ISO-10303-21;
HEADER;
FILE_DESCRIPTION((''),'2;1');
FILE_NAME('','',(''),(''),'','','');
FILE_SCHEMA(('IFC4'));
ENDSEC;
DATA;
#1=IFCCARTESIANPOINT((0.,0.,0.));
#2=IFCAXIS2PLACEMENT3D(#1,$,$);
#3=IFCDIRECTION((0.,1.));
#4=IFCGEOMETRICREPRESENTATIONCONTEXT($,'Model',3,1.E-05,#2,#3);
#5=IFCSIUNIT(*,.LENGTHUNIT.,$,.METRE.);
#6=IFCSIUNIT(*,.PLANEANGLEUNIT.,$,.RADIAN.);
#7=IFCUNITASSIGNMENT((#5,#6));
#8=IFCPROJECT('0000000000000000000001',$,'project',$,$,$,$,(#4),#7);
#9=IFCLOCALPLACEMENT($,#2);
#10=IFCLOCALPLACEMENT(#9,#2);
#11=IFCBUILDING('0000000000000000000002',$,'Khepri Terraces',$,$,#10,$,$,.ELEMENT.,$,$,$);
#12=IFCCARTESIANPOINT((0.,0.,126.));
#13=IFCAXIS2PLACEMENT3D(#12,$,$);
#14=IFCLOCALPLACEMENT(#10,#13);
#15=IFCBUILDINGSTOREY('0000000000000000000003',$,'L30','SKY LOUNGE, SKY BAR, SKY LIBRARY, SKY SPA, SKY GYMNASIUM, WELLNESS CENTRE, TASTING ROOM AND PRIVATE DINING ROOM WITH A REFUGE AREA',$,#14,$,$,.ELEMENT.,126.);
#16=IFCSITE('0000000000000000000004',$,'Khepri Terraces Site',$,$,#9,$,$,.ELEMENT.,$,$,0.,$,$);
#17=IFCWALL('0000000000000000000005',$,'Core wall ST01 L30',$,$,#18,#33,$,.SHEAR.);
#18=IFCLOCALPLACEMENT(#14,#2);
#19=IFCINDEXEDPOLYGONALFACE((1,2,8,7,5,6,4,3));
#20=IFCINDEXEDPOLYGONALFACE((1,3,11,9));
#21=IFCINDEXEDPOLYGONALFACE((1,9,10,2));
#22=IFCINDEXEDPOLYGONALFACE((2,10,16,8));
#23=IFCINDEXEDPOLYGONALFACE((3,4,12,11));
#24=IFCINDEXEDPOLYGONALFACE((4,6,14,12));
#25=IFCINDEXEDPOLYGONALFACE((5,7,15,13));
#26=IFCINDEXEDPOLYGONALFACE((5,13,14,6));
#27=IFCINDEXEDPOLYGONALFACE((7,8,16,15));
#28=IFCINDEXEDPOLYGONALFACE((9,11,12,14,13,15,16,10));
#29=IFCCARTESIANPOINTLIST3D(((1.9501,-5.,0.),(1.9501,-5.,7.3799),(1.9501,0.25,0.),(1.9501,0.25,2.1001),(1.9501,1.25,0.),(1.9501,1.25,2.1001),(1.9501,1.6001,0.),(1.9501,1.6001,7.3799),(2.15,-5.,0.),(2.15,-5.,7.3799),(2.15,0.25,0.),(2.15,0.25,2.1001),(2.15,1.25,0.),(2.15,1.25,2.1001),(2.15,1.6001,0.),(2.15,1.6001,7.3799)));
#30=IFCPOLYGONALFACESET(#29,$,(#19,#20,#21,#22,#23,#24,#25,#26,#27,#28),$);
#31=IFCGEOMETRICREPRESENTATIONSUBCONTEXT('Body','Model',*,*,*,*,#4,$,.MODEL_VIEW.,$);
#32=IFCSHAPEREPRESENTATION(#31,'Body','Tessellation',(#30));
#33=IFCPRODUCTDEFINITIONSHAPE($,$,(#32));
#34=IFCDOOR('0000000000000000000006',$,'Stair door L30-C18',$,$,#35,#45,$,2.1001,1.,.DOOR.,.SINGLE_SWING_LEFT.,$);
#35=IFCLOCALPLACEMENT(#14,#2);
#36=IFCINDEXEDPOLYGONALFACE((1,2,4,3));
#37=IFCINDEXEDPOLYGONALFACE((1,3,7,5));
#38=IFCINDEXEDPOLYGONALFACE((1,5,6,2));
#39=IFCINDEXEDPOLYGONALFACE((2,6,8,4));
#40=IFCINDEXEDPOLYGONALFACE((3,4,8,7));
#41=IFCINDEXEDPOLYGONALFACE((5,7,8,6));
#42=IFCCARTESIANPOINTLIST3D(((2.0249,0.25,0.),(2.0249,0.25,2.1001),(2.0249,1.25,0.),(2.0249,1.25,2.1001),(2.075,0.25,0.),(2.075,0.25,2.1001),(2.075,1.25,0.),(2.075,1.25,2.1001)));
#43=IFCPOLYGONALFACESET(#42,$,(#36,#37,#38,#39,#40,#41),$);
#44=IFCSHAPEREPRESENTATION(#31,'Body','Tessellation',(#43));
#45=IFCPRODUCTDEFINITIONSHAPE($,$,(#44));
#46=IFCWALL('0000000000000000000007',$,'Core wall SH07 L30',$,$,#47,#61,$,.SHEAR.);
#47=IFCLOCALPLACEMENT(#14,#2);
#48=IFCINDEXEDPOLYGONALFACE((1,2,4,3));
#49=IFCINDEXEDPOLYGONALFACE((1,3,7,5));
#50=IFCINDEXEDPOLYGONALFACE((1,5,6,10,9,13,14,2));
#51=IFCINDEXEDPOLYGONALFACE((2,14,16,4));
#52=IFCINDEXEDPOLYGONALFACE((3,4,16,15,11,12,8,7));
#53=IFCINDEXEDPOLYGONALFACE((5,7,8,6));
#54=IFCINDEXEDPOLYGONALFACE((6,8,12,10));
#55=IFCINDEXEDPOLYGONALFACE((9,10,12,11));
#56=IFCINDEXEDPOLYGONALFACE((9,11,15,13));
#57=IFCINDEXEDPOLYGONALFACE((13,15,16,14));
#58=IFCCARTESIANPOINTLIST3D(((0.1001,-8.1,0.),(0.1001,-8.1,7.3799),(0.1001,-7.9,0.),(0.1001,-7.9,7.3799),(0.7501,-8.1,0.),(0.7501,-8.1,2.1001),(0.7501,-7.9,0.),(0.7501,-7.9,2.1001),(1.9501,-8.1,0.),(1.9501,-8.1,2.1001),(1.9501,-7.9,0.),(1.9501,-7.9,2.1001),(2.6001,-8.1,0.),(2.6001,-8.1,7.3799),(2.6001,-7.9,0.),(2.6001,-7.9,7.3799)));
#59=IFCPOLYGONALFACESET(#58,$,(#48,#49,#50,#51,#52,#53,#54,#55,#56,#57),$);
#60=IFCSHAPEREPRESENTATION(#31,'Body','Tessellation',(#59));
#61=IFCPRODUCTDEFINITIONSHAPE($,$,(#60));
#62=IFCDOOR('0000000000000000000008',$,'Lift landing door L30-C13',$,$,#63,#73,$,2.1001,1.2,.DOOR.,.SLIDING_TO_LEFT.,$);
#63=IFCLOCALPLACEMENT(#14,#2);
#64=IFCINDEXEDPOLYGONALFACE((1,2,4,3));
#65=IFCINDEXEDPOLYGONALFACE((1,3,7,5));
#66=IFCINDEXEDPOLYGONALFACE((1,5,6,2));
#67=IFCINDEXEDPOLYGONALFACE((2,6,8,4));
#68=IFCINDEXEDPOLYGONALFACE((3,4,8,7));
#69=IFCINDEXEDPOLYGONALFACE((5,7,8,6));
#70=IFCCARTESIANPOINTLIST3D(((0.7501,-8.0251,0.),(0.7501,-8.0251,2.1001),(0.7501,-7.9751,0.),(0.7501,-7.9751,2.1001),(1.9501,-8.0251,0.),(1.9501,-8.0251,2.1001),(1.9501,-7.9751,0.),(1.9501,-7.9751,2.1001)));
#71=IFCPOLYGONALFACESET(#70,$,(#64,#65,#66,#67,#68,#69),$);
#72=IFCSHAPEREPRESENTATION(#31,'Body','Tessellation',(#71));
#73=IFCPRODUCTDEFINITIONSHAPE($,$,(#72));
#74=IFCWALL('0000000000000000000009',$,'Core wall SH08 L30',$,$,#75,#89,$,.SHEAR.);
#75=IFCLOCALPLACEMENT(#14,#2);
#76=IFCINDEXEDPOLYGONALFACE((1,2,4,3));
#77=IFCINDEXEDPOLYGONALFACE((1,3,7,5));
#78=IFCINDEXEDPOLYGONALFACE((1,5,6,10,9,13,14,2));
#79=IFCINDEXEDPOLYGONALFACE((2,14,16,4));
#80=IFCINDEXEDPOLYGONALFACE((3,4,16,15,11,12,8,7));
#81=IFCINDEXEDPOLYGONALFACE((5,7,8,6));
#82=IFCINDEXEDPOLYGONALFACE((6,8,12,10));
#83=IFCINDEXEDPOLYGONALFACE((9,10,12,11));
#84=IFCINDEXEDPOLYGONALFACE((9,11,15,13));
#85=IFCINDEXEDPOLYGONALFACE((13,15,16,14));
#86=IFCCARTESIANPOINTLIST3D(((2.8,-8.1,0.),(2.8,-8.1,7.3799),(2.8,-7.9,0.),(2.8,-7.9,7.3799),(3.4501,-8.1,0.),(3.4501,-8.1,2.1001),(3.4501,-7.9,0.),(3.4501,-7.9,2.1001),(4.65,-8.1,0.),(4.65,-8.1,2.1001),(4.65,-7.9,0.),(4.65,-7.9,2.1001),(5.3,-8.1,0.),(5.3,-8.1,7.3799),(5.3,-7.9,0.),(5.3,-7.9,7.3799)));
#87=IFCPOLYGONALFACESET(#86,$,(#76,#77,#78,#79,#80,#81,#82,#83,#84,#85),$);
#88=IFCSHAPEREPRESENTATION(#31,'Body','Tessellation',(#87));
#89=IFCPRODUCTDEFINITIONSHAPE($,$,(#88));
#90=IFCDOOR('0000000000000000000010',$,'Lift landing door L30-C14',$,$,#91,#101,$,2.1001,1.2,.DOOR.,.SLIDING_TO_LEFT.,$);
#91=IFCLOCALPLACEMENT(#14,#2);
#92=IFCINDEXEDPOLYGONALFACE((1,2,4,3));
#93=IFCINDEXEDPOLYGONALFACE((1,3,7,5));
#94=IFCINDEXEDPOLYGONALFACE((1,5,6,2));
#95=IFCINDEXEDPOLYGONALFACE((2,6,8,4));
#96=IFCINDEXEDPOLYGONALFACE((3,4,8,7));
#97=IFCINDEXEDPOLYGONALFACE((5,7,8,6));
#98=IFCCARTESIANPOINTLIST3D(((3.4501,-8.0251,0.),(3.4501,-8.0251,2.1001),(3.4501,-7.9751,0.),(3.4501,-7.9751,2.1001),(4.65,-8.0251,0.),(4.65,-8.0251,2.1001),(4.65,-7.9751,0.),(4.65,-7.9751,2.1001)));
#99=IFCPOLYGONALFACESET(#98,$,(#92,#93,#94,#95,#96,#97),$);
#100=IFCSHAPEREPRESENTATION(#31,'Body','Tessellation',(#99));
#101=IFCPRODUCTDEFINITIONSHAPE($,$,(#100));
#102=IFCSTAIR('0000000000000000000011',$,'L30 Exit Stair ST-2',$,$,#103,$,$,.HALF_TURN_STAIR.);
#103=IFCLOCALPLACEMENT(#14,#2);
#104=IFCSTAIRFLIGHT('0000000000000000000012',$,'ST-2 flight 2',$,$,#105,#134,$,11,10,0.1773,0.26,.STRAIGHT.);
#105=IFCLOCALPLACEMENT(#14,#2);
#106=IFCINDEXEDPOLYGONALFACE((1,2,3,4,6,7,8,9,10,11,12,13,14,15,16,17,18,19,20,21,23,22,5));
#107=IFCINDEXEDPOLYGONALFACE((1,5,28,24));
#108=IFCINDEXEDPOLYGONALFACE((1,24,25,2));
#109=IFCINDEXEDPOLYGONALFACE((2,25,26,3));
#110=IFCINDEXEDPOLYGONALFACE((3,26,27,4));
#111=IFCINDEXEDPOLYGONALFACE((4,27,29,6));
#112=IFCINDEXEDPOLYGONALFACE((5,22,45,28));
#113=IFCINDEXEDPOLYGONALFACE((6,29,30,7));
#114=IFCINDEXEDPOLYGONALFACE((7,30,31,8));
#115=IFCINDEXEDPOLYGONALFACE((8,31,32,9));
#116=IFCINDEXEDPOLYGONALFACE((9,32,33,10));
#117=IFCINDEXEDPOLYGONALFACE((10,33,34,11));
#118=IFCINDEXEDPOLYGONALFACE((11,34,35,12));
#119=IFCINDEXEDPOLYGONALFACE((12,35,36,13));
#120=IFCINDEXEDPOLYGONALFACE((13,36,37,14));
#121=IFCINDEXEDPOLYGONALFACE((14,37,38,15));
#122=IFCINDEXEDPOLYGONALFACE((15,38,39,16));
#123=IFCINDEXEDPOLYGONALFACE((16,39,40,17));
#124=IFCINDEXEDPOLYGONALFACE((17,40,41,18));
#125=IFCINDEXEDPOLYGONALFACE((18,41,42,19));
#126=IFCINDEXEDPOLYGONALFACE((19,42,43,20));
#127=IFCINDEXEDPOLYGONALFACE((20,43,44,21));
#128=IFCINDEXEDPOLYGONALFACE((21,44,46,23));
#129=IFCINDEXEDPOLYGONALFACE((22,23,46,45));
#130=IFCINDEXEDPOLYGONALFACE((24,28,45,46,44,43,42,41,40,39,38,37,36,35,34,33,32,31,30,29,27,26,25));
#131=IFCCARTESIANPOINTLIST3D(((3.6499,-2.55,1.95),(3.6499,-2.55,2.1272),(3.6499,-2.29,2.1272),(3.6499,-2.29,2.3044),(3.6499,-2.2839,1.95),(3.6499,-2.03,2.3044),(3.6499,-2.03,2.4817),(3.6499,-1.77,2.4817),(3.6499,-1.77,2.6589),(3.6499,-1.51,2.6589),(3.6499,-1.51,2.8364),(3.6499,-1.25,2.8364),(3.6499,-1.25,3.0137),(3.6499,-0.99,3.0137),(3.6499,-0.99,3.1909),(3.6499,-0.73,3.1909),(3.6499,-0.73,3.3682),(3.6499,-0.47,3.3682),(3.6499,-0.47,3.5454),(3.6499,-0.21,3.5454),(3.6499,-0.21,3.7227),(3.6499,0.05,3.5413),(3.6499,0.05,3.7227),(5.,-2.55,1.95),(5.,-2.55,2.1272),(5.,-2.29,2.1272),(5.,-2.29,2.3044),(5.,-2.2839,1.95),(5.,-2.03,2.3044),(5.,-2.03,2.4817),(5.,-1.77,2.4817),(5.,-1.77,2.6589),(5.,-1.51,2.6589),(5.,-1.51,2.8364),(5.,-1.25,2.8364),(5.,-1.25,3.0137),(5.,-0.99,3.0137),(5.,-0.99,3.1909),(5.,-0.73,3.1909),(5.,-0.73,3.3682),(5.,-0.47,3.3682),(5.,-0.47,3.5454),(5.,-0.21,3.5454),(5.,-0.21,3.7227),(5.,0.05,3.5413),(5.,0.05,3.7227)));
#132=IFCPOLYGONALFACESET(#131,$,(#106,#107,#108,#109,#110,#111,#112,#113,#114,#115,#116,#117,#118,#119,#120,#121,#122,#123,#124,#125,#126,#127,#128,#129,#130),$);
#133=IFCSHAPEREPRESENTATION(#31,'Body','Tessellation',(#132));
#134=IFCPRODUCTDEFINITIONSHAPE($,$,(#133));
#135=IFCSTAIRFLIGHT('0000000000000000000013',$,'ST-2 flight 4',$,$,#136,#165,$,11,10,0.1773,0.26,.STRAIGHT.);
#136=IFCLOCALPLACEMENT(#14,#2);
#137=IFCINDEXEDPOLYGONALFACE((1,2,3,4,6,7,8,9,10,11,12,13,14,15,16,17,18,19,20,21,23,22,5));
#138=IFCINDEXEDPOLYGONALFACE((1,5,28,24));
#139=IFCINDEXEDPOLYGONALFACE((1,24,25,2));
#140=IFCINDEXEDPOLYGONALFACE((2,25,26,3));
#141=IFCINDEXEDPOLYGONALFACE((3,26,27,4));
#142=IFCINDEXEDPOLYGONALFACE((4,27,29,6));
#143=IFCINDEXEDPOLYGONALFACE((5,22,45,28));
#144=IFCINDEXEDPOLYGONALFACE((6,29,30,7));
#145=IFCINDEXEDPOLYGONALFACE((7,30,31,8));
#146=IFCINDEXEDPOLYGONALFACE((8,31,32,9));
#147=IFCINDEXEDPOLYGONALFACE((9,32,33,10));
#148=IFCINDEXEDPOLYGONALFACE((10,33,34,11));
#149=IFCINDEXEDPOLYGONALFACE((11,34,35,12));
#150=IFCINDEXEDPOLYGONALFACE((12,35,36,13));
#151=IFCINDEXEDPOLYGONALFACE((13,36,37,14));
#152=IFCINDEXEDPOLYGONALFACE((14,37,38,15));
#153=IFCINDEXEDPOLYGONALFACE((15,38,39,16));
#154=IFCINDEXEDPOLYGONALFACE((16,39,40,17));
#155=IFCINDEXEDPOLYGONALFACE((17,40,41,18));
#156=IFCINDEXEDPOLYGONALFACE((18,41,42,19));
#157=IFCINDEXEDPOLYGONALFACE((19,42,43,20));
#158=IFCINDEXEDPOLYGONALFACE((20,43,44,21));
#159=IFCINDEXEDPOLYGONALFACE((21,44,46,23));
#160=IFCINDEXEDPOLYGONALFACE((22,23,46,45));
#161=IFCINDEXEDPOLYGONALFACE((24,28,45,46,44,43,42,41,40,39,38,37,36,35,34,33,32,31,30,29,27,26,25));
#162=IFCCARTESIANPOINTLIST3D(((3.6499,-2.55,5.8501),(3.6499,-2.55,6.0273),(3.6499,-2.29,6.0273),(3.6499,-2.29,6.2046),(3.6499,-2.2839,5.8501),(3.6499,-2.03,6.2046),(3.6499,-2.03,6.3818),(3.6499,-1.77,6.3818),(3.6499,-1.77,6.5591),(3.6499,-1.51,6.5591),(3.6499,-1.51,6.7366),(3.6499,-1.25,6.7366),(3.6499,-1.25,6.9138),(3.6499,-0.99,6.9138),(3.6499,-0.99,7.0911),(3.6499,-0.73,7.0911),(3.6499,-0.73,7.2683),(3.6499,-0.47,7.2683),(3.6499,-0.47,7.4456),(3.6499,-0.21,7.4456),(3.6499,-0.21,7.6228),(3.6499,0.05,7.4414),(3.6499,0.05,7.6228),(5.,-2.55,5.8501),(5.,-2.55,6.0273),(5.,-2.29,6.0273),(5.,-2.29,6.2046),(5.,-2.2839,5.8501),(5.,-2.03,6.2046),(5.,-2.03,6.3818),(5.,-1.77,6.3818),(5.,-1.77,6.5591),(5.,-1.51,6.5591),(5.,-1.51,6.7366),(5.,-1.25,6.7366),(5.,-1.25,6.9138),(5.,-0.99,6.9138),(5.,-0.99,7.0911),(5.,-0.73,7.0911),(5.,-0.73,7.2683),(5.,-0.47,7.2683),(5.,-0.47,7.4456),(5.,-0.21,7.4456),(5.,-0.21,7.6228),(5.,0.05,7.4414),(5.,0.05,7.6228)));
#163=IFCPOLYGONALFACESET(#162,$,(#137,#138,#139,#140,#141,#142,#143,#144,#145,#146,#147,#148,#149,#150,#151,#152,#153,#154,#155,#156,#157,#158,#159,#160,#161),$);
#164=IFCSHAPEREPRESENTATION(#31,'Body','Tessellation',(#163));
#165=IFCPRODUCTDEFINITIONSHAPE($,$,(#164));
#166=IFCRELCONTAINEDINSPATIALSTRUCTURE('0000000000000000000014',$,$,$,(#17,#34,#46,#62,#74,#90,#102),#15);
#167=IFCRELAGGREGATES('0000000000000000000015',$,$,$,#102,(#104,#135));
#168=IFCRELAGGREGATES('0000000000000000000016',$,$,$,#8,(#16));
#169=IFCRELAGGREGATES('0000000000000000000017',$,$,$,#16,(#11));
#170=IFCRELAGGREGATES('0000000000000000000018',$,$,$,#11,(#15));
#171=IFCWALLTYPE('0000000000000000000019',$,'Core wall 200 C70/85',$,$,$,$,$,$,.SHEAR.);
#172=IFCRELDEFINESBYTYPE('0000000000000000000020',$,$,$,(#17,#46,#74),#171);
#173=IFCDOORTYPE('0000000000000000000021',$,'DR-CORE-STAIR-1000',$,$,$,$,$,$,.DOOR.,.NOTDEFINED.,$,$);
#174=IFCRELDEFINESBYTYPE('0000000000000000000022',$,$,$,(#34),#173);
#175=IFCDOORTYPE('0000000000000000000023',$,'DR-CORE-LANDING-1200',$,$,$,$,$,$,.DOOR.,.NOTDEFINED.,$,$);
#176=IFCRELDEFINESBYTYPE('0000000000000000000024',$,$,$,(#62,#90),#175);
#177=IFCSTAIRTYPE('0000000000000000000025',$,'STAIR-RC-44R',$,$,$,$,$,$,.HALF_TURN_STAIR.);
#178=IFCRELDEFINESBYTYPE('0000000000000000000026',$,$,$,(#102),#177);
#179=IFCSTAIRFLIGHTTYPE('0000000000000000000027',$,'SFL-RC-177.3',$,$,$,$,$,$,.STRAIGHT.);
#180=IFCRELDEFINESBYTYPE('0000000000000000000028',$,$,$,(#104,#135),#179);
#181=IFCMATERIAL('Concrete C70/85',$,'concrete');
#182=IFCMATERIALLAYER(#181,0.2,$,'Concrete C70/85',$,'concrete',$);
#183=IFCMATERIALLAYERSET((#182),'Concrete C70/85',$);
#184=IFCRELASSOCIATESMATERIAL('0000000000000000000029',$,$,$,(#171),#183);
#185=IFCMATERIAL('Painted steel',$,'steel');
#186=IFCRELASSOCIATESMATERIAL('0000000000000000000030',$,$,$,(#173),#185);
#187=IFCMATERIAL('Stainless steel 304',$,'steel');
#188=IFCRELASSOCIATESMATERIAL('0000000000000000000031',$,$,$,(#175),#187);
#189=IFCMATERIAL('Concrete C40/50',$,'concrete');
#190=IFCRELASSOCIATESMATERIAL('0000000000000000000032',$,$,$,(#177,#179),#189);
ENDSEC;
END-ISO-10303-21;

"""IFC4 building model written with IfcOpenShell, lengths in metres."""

from ifc_helpers import new_model, si_unit, direction, frame, frame_2d, origin, place, context, subcontext, project, spatial, polyline, rectangle, outline, extrude, material, layer, layer_set, type_object, element, fill, aggregate, save


model = new_model("IFC4")

# Units and contexts
model_context = context("Model", 3, precision=1e-05, world=origin(), true_north=direction((0.0, 1.0)))
body_context = subcontext(model_context, "Body", "Model", "MODEL_VIEW")
ifc_project = project(units=[si_unit("LENGTHUNIT", "METRE"), si_unit("PLANEANGLEUNIT", "RADIAN")], contexts=[model_context])

# Site, building, storey
site_placement = place(None, origin())
site = spatial("IfcSite", under=ifc_project, at=site_placement, Name="Khepri Terraces Site", CompositionType="ELEMENT", RefElevation=0.0)
building_placement = place(site_placement, origin())
building = spatial("IfcBuilding", under=site, at=building_placement, Name="Khepri Terraces", CompositionType="ELEMENT")
storey_placement = place(building_placement, frame((0.0, 0.0, 126.0)))
storey = spatial("IfcBuildingStorey", under=building, at=storey_placement, Name="L30", Description="SKY LOUNGE, SKY BAR, SKY LIBRARY, SKY SPA, SKY GYMNASIUM, WELLNESS CENTRE, TASTING ROOM AND PRIVATE DINING ROOM WITH A REFUGE AREA", CompositionType="ELEMENT", Elevation=126.0)

# Walls, openings, doors
ifc_material_1 = material(Name="Concrete C70/85", Category="concrete")
ifc_layer = layer(ifc_material_1, 0.2, Name="Concrete C70/85", Category="concrete")
ifc_layer_set = layer_set([ifc_layer], Name="Concrete C70/85")
wall_type = type_object("IfcWallType", Name="Core wall 200 C70/85", PredefinedType="SHEAR", material=ifc_layer_set)
wall_1_placement = place(storey_placement, frame((2.05, -5.0, 0.0), z_axis=(0.0, 0.0, 1.0), x_axis=(0.0, 1.0, 0.0)))
wall_1 = element("IfcWall", 1, at=wall_1_placement, inside=storey, type_object=wall_type, Name="Core wall ST01 L30", PredefinedType="SHEAR", context=body_context, shape_type="SweptSolid", body=[
    extrude(rectangle(XDim=6.6001, YDim=0.2, at=frame_2d((3.3, 0.0))), origin(), (0.0, 0.0, 1.0), 7.3799),
])
opening_1_placement = place(wall_1_placement, frame((5.25, 0.0, 0.0)))
opening_1 = element("IfcOpeningElement", 2, at=opening_1_placement, cuts=wall_1, PredefinedType="OPENING", context=body_context, shape_type="SweptSolid", body=[
    extrude(rectangle(XDim=1.0, YDim=2.1001, at=frame_2d((0.5, 1.05))), frame((0.0, 0.1099, 0.0), z_axis=(0.0, -1.0, 0.0), x_axis=(1.0, 0.0, 0.0)), (0.0, 0.0, 1.0), 0.22),
])
ifc_material_2 = material(Name="Painted steel", Category="steel")
door_type_1 = type_object("IfcDoorType", Name="DR-CORE-STAIR-1000", OperationType="NOTDEFINED", PredefinedType="DOOR", material=ifc_material_2)
door_1_placement = place(opening_1_placement, frame((1.0, 0.0, 0.0), z_axis=(0.0, 0.0, 1.0), x_axis=(-1.0, 0.0, 0.0)))
door_1 = element("IfcDoor", 3, at=door_1_placement, inside=storey, type_object=door_type_1, Name="Stair door L30-C18", OperationType="SINGLE_SWING_LEFT", OverallHeight=2.1001, OverallWidth=1.0, PredefinedType="DOOR", context=body_context, shape_type="SweptSolid", body=[
    extrude(rectangle(XDim=1.0, YDim=2.1001, at=frame_2d((0.5, 1.05))), frame((0.0, 0.0249, 0.0), z_axis=(0.0, -1.0, 0.0), x_axis=(1.0, 0.0, 0.0)), (0.0, 0.0, 1.0), 0.05),
])
fill(opening_1, door_1)
wall_2_placement = place(storey_placement, frame((0.1001, -8.0, 0.0), z_axis=(0.0, 0.0, 1.0), x_axis=(1.0, 0.0, 0.0)))
wall_2 = element("IfcWall", 4, at=wall_2_placement, inside=storey, type_object=wall_type, Name="Core wall SH07 L30", PredefinedType="SHEAR", context=body_context, shape_type="SweptSolid", body=[
    extrude(rectangle(XDim=2.5, YDim=0.2, at=frame_2d((1.25, 0.0))), origin(), (0.0, 0.0, 1.0), 7.3799),
])
opening_2_placement = place(wall_2_placement, frame((0.6499, 0.0, 0.0)))
opening_2 = element("IfcOpeningElement", 5, at=opening_2_placement, cuts=wall_2, PredefinedType="OPENING", context=body_context, shape_type="SweptSolid", body=[
    extrude(rectangle(XDim=1.2, YDim=2.1001, at=frame_2d((0.6001, 1.05))), frame((0.0, 0.1099, 0.0), z_axis=(0.0, -1.0, 0.0), x_axis=(1.0, 0.0, 0.0)), (0.0, 0.0, 1.0), 0.22),
])
ifc_material_3 = material(Name="Stainless steel 304", Category="steel")
door_type_2 = type_object("IfcDoorType", Name="DR-CORE-LANDING-1200", OperationType="NOTDEFINED", PredefinedType="DOOR", material=ifc_material_3)
door_2_placement = place(opening_2_placement, origin())
door_2 = element("IfcDoor", 6, at=door_2_placement, inside=storey, type_object=door_type_2, Name="Lift landing door L30-C13", OperationType="SLIDING_TO_LEFT", OverallHeight=2.1001, OverallWidth=1.2, PredefinedType="DOOR", context=body_context, shape_type="SweptSolid", body=[
    extrude(rectangle(XDim=1.2, YDim=2.1001, at=frame_2d((0.6001, 1.05))), frame((0.0, 0.0249, 0.0), z_axis=(0.0, -1.0, 0.0), x_axis=(1.0, 0.0, 0.0)), (0.0, 0.0, 1.0), 0.05),
])
fill(opening_2, door_2)
wall_3_placement = place(storey_placement, frame((2.8, -8.0, 0.0), z_axis=(0.0, 0.0, 1.0), x_axis=(1.0, 0.0, 0.0)))
wall_3 = element("IfcWall", 7, at=wall_3_placement, inside=storey, type_object=wall_type, Name="Core wall SH08 L30", PredefinedType="SHEAR", context=body_context, shape_type="SweptSolid", body=[
    extrude(rectangle(XDim=2.5, YDim=0.2, at=frame_2d((1.25, 0.0))), origin(), (0.0, 0.0, 1.0), 7.3799),
])
opening_3_placement = place(wall_3_placement, frame((0.6499, 0.0, 0.0)))
opening_3 = element("IfcOpeningElement", 8, at=opening_3_placement, cuts=wall_3, PredefinedType="OPENING", context=body_context, shape_type="SweptSolid", body=[
    extrude(rectangle(XDim=1.2, YDim=2.1001, at=frame_2d((0.6001, 1.05))), frame((0.0, 0.1099, 0.0), z_axis=(0.0, -1.0, 0.0), x_axis=(1.0, 0.0, 0.0)), (0.0, 0.0, 1.0), 0.22),
])
door_3_placement = place(opening_3_placement, origin())
door_3 = element("IfcDoor", 9, at=door_3_placement, inside=storey, type_object=door_type_2, Name="Lift landing door L30-C14", OperationType="SLIDING_TO_LEFT", OverallHeight=2.1001, OverallWidth=1.2, PredefinedType="DOOR", context=body_context, shape_type="SweptSolid", body=[
    extrude(rectangle(XDim=1.2, YDim=2.1001, at=frame_2d((0.6001, 1.05))), frame((0.0, 0.0249, 0.0), z_axis=(0.0, -1.0, 0.0), x_axis=(1.0, 0.0, 0.0)), (0.0, 0.0, 1.0), 0.05),
])
fill(opening_3, door_3)

# Stair, stair flights
ifc_material_4 = material(Name="Concrete C40/50", Category="concrete")
stair_type = type_object("IfcStairType", Name="STAIR-RC-44R", PredefinedType="HALF_TURN_STAIR", material=ifc_material_4)
stair_placement = place(storey_placement, origin())
stair = element("IfcStair", 10, at=stair_placement, inside=storey, type_object=stair_type, Name="L30 Exit Stair ST-2", PredefinedType="HALF_TURN_STAIR")
stair_flight_type = type_object("IfcStairFlightType", Name="SFL-RC-177.3", PredefinedType="STRAIGHT", material=ifc_material_4)
stair_flight_1_placement = place(storey_placement, frame((4.325, -2.55, 1.95), z_axis=(0.0, 0.0, 1.0), x_axis=(0.0, 1.0, 0.0)))
stair_flight_1 = element("IfcStairFlight", 11, at=stair_flight_1_placement, type_object=stair_flight_type, Name="ST-2 flight 2", NumberOfRisers=11, NumberOfTreads=10, PredefinedType="STRAIGHT", RiserHeight=0.1773, TreadLength=0.26, context=body_context, shape_type="SweptSolid", body=[
    extrude(outline(polyline([(0.0, 0.0), (0.0, 0.1772), (0.26, 0.1772), (0.26, 0.3545), (0.52, 0.3545), (0.52, 0.5317), (0.78, 0.5317), (0.78, 0.709), (1.04, 0.709), (1.04, 0.8865), (1.3, 0.8865), (1.3, 1.0637), (1.5601, 1.0637), (1.5601, 1.241), (1.8201, 1.241), (1.8201, 1.4182), (2.0801, 1.4182), (2.0801, 1.5955), (2.3401, 1.5955), (2.3401, 1.7727), (2.6001, 1.7727), (2.6001, 1.95), (2.6001, 1.5913), (0.2661, 0.0), (0.0, 0.0)])), frame((0.0, 0.675, 0.0), z_axis=(0.0, -1.0, 0.0), x_axis=(1.0, 0.0, 0.0)), (0.0, 0.0, 1.0), 1.3501),
])
stair_flight_2_placement = place(storey_placement, frame((4.325, -2.55, 5.8501), z_axis=(0.0, 0.0, 1.0), x_axis=(0.0, 1.0, 0.0)))
stair_flight_2 = element("IfcStairFlight", 12, at=stair_flight_2_placement, type_object=stair_flight_type, Name="ST-2 flight 4", NumberOfRisers=11, NumberOfTreads=10, PredefinedType="STRAIGHT", RiserHeight=0.1773, TreadLength=0.26, context=body_context, shape_type="SweptSolid", body=[
    extrude(outline(polyline([(0.0, 0.0), (0.0, 0.1772), (0.26, 0.1772), (0.26, 0.3545), (0.52, 0.3545), (0.52, 0.5317), (0.78, 0.5317), (0.78, 0.709), (1.04, 0.709), (1.04, 0.8865), (1.3, 0.8865), (1.3, 1.0637), (1.5601, 1.0637), (1.5601, 1.241), (1.8201, 1.241), (1.8201, 1.4182), (2.0801, 1.4182), (2.0801, 1.5955), (2.3401, 1.5955), (2.3401, 1.7727), (2.6001, 1.7727), (2.6001, 1.95), (2.6001, 1.5913), (0.2661, 0.0), (0.0, 0.0)])), frame((0.0, 0.675, 0.0), z_axis=(0.0, -1.0, 0.0), x_axis=(1.0, 0.0, 0.0)), (0.0, 0.0, 1.0), 1.3501),
])
aggregate(stair, [stair_flight_1, stair_flight_2])

save(model, "model.ifc")
